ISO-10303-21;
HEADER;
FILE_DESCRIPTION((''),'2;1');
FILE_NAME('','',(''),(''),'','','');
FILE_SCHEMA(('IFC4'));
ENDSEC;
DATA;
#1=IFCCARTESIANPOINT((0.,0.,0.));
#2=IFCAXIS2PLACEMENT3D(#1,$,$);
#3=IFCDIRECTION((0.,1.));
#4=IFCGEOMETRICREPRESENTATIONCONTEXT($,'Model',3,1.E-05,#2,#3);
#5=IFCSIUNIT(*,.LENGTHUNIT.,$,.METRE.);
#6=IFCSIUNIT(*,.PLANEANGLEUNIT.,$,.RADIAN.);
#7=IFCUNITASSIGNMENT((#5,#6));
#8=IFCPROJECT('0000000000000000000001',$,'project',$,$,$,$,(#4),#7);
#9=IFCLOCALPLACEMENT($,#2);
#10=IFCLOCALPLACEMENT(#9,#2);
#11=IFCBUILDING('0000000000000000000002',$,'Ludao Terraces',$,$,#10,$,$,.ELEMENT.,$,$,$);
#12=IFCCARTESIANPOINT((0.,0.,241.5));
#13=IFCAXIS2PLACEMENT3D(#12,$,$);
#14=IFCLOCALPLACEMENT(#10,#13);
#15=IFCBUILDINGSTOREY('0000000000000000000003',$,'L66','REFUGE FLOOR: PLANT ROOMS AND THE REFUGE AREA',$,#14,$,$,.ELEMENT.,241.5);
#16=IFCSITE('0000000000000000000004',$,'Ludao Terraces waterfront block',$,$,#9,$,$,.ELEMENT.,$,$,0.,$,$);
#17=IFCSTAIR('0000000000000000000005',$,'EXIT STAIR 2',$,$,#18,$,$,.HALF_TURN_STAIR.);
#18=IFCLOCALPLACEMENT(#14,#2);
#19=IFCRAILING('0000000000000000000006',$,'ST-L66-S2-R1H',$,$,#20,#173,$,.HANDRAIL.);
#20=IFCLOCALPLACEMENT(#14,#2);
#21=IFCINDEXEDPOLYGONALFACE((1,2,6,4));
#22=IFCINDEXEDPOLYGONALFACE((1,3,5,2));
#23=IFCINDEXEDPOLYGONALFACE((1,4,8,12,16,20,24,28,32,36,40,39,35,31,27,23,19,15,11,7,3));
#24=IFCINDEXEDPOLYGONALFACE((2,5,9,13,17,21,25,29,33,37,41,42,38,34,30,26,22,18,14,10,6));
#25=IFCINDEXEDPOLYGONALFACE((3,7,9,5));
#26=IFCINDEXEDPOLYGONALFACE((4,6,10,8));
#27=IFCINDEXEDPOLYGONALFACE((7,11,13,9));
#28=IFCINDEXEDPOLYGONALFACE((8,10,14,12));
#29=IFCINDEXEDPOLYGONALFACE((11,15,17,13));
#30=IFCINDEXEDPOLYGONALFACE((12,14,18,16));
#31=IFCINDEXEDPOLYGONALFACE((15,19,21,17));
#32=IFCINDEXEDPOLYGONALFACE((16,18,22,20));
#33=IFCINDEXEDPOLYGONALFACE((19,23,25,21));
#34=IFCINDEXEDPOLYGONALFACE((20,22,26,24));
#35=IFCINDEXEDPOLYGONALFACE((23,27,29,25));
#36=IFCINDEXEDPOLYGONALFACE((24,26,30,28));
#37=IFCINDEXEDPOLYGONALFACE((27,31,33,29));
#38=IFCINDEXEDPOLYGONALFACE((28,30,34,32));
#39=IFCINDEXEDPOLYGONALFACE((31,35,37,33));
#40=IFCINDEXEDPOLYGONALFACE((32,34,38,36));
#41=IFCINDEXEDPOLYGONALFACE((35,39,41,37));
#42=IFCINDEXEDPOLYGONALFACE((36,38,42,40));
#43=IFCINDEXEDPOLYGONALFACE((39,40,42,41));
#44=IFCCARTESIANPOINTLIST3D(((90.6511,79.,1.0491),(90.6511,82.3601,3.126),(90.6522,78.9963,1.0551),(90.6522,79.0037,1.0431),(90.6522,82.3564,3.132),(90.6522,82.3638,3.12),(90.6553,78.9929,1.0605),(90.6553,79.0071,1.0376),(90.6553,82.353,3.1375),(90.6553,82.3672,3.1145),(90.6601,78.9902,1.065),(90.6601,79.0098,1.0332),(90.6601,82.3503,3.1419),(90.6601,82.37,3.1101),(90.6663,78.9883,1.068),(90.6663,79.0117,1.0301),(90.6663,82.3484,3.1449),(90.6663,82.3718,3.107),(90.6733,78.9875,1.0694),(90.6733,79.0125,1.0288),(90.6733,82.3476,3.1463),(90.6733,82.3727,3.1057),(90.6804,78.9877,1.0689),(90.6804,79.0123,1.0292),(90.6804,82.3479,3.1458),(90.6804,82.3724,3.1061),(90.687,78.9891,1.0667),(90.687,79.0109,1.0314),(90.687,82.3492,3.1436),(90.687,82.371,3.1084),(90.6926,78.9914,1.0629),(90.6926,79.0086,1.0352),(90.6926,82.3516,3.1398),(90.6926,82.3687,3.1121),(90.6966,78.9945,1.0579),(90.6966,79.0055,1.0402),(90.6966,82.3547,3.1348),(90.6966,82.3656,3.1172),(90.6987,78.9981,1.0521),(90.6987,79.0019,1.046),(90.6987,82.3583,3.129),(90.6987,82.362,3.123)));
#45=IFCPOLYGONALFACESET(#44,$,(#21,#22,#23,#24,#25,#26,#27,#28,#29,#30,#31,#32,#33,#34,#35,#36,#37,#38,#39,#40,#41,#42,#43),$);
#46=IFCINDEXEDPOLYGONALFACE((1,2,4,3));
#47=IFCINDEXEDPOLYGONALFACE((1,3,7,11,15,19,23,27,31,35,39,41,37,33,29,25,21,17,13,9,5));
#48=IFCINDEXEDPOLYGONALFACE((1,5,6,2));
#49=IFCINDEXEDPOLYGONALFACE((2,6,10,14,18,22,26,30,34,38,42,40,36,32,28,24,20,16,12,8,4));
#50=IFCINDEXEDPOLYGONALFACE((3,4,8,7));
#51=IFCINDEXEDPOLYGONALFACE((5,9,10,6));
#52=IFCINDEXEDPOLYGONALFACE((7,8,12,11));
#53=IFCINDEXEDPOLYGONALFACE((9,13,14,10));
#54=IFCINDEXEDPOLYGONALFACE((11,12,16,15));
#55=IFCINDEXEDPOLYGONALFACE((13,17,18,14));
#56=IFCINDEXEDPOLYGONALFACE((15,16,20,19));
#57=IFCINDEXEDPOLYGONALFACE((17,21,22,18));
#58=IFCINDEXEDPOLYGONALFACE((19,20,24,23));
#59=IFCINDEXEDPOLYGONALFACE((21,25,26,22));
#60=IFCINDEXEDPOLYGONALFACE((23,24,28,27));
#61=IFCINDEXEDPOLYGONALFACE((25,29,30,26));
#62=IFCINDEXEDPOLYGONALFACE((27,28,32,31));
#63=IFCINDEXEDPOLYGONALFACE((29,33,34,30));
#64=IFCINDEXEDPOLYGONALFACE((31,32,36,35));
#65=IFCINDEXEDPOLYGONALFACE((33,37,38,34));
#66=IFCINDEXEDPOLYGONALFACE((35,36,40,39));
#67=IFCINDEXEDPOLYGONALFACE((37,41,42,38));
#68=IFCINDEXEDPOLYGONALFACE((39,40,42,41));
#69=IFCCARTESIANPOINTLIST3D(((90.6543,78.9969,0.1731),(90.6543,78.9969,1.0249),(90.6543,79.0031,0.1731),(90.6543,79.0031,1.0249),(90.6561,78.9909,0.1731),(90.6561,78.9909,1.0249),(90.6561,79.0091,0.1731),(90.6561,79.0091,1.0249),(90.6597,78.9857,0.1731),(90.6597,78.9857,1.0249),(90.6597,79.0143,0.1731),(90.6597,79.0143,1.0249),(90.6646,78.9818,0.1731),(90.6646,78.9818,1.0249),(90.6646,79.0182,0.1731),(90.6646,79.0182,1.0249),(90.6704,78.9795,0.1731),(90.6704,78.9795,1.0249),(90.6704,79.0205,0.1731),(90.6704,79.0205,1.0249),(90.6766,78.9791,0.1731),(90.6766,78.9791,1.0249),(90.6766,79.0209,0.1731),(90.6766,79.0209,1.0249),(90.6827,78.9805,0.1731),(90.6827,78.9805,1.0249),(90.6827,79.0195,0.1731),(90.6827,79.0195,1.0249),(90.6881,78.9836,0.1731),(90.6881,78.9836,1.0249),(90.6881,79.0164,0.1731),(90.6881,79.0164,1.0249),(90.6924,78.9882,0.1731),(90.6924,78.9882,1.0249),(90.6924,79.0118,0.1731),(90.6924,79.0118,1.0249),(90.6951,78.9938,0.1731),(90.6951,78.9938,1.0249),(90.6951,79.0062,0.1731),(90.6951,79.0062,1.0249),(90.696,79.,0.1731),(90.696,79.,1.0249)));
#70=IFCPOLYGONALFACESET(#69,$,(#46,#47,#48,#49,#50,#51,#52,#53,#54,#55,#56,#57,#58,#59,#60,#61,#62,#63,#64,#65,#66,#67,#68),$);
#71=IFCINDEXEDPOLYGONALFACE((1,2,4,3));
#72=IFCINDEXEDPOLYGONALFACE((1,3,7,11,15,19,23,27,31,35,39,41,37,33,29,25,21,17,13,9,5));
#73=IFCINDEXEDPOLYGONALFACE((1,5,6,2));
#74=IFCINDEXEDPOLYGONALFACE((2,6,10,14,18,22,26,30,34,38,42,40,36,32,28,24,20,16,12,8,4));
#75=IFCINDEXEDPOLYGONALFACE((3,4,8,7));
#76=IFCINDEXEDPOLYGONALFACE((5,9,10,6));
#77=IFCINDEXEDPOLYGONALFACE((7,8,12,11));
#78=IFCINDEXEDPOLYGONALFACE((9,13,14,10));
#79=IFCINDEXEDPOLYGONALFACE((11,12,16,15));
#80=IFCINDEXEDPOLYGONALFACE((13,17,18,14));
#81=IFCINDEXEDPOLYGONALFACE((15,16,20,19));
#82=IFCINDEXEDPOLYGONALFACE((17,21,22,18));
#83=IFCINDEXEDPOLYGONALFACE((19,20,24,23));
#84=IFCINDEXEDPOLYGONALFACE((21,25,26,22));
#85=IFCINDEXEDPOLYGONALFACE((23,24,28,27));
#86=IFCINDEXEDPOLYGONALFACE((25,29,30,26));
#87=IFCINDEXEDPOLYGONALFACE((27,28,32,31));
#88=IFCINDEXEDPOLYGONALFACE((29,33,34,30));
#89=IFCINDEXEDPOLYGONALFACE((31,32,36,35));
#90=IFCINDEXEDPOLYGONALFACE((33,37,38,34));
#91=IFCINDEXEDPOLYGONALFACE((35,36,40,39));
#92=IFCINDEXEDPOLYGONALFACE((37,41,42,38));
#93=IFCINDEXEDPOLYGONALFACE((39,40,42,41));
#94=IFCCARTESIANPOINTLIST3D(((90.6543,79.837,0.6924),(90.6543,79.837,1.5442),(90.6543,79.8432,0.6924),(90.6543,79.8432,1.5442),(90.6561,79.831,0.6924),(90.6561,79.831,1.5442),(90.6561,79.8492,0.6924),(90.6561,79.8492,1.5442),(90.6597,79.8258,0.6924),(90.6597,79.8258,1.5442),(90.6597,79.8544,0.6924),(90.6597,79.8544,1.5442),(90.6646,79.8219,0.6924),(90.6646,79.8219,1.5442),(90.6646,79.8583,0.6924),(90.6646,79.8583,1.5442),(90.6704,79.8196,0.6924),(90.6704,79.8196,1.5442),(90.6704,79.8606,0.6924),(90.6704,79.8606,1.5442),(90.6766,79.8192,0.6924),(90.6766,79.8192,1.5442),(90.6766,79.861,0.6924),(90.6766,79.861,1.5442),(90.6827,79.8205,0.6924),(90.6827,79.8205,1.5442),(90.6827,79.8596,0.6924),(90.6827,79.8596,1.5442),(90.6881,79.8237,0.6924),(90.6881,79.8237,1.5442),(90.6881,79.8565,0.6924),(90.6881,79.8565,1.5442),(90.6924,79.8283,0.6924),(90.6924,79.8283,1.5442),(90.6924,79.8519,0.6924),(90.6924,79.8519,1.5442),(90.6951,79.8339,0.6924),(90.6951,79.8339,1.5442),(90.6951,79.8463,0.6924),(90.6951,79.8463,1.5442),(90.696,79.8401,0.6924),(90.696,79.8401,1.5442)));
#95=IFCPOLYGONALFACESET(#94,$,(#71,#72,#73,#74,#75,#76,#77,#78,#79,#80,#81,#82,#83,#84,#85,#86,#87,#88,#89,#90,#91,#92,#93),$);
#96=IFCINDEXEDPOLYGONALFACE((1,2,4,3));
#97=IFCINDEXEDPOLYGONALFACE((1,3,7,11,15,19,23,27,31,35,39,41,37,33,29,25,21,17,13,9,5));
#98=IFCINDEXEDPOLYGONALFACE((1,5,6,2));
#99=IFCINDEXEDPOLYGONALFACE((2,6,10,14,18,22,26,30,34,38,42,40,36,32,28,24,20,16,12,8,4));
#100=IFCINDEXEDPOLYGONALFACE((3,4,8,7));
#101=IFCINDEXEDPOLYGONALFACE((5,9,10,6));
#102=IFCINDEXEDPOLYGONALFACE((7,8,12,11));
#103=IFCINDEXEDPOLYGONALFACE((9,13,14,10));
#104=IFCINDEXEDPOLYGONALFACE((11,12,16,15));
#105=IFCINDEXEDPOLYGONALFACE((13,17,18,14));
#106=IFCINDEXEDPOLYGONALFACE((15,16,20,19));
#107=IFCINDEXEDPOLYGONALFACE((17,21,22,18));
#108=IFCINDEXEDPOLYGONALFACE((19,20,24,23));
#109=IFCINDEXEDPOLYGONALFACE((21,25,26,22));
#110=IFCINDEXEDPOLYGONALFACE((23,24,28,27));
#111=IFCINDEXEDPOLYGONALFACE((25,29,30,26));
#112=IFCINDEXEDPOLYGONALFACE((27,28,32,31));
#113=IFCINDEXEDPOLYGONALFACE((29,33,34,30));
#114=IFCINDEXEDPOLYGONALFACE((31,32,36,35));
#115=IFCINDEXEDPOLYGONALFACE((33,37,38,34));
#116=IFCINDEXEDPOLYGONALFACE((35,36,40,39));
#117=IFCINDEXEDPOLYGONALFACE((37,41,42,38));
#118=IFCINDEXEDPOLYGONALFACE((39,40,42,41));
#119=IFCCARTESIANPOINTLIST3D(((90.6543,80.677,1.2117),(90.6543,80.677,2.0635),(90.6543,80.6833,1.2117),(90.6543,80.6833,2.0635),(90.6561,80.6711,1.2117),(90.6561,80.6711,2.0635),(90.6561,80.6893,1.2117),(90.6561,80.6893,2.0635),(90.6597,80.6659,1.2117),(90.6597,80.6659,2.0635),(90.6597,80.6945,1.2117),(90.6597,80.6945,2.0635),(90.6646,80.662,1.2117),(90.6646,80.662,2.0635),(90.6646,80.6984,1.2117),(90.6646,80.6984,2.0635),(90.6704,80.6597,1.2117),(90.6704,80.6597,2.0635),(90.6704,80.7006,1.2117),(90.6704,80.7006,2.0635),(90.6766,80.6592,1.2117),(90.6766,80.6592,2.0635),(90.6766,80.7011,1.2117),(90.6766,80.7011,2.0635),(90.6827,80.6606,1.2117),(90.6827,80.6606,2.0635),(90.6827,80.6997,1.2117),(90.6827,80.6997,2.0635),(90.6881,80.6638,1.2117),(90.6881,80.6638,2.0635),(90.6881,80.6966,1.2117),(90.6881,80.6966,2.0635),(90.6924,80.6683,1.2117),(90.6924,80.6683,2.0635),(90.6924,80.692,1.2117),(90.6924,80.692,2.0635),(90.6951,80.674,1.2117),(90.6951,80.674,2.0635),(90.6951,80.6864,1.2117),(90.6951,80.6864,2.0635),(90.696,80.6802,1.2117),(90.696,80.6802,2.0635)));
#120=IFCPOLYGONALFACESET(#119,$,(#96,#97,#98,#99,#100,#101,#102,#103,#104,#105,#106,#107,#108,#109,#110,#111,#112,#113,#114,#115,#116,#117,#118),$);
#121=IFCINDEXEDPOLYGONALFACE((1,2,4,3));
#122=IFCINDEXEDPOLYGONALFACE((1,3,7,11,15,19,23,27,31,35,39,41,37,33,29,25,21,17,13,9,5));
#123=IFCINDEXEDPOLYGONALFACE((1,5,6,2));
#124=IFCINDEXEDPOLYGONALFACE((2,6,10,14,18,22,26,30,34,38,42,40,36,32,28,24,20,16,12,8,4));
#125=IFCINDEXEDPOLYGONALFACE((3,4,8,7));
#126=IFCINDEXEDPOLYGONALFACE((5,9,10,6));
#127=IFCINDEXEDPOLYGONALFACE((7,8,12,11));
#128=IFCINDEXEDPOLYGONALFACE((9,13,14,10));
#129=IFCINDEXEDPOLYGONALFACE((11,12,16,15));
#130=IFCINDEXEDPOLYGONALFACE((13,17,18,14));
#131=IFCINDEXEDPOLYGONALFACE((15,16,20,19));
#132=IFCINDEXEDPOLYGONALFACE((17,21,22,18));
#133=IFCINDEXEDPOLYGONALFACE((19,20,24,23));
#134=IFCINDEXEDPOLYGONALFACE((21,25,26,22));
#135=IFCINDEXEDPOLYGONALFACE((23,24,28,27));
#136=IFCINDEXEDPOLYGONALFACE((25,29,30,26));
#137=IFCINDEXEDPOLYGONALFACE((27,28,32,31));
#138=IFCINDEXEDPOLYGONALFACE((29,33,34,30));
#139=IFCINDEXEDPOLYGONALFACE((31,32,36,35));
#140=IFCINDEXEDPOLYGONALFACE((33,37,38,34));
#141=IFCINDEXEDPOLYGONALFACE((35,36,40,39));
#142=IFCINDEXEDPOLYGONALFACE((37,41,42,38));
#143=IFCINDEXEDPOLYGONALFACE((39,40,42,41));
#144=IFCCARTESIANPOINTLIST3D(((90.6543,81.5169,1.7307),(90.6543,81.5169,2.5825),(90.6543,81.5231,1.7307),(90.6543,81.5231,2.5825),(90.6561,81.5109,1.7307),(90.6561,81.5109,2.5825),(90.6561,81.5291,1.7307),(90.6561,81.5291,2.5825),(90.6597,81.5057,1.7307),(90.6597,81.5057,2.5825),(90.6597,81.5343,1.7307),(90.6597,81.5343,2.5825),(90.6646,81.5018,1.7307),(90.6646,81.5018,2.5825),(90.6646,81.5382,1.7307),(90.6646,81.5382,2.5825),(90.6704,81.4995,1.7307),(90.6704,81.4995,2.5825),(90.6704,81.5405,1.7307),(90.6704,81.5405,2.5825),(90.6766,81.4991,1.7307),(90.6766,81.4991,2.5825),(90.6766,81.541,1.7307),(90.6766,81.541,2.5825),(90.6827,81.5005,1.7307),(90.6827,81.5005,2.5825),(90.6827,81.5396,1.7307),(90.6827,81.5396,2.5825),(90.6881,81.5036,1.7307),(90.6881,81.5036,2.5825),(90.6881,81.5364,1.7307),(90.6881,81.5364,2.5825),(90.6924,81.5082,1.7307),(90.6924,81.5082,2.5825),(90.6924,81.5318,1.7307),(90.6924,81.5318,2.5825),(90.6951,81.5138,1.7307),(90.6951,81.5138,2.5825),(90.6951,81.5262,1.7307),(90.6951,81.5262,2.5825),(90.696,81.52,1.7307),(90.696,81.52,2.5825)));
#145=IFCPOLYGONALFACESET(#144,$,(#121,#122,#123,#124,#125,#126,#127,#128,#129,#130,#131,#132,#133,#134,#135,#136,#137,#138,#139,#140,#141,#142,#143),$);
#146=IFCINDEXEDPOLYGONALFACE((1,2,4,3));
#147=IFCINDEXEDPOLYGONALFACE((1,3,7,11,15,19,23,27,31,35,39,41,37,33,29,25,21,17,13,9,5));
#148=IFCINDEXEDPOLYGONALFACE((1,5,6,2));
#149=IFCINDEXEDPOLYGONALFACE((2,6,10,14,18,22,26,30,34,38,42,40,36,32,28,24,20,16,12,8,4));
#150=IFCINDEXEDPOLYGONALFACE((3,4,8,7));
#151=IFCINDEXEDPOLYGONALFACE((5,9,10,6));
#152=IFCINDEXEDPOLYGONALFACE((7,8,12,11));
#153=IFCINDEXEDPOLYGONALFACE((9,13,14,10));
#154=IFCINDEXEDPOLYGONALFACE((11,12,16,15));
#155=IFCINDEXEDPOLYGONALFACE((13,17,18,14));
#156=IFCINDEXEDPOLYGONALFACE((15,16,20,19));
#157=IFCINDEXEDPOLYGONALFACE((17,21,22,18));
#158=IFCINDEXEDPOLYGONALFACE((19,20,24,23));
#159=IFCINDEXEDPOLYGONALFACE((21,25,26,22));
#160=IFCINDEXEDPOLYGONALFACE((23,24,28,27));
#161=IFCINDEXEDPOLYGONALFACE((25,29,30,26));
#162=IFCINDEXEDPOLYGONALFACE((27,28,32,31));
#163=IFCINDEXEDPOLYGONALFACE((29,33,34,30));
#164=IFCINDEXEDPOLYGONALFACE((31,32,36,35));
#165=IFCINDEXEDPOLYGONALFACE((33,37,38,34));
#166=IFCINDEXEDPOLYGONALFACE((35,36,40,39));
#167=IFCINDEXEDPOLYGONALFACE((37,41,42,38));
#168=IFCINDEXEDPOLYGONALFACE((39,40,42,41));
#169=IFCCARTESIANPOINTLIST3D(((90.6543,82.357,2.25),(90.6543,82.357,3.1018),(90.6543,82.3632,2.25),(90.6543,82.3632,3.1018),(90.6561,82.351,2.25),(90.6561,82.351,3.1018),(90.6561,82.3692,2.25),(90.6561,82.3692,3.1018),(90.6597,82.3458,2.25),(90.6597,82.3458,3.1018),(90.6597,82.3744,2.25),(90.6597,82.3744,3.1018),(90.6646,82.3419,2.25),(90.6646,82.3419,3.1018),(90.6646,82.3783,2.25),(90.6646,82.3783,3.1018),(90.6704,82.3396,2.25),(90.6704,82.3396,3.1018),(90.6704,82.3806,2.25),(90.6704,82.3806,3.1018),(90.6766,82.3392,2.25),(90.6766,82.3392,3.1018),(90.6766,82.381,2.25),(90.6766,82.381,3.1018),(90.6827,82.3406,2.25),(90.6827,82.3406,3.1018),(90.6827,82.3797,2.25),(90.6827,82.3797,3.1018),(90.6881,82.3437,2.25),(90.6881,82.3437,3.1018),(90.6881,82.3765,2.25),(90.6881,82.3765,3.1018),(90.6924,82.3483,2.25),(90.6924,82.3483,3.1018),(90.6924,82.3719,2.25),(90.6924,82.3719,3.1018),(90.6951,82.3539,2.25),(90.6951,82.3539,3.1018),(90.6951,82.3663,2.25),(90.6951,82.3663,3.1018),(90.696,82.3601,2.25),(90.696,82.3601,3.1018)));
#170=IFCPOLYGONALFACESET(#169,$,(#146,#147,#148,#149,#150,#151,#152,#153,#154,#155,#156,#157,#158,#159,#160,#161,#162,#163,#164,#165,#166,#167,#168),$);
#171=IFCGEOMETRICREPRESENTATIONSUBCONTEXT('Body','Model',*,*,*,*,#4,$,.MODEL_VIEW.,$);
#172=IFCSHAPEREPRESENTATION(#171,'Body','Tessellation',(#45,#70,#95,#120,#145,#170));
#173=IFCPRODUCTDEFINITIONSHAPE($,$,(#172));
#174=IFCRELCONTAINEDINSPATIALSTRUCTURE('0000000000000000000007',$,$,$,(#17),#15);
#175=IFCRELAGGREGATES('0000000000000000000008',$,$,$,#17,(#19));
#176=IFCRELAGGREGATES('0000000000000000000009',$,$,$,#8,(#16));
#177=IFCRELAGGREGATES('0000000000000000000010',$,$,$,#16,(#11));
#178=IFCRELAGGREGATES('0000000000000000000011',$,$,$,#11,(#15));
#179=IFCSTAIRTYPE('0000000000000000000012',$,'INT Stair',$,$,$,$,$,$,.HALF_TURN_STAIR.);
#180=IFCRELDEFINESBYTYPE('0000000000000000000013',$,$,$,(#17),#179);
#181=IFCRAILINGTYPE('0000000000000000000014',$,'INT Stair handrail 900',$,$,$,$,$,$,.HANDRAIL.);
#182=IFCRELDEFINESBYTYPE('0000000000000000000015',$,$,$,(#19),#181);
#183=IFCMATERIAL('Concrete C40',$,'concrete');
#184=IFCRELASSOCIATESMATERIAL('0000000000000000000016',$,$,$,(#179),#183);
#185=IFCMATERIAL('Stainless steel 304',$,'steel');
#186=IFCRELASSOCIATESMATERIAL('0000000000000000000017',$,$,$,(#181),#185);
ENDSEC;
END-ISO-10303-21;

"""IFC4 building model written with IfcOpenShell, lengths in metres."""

from ifc_helpers import new_model, si_unit, direction, frame, origin, origin_2d, place, context, subcontext, project, spatial, circle, extrude, material, type_object, element, aggregate, save


model = new_model("IFC4")

# Units and contexts
model_context = context("Model", 3, precision=1e-05, world=origin(), true_north=direction((0.0, 1.0)))
body_context = subcontext(model_context, "Body", "Model", "MODEL_VIEW")
ifc_project = project(units=[si_unit("LENGTHUNIT", "METRE"), si_unit("PLANEANGLEUNIT", "RADIAN")], contexts=[model_context])

# Site, building, storey
site_placement = place(None, origin())
site = spatial("IfcSite", under=ifc_project, at=site_placement, Name="Ludao Terraces waterfront block", CompositionType="ELEMENT", RefElevation=0.0)
building_placement = place(site_placement, origin())
building = spatial("IfcBuilding", under=site, at=building_placement, Name="Ludao Terraces", CompositionType="ELEMENT")
storey_placement = place(building_placement, frame((0.0, 0.0, 241.5)))
storey = spatial("IfcBuildingStorey", under=building, at=storey_placement, Name="L66", Description="REFUGE FLOOR: PLANT ROOMS AND THE REFUGE AREA", CompositionType="ELEMENT", Elevation=241.5)

# Shared definitions
ifc_material_1 = material(Name="Stainless steel 304", Category="steel")

# Stair, railing
ifc_material_2 = material(Name="Concrete C40", Category="concrete")
stair_type = type_object("IfcStairType", Name="INT Stair", PredefinedType="HALF_TURN_STAIR", material=ifc_material_2)
stair_placement = place(storey_placement, origin())
stair = element("IfcStair", 1, at=stair_placement, inside=storey, type_object=stair_type, Name="EXIT STAIR 2", PredefinedType="HALF_TURN_STAIR")
railing_type_1 = type_object("IfcRailingType", Name="INT Stair handrail 900", PredefinedType="HANDRAIL", material=ifc_material_1)
railing_1_placement = place(storey_placement, frame((90.675, 79.0, 0.1731)))
railing_1 = element("IfcRailing", 2, at=railing_1_placement, type_object=railing_type_1, Name="ST-L66-S2-R1H", PredefinedType="HANDRAIL", context=body_context, shape_type="SweptSolid", body=[
    extrude(circle(Radius=0.0239, at=origin_2d()), frame((0.0, 0.0, 0.876), z_axis=(0.0, 0.850623, 0.525776), x_axis=(-1.0, 0.0, 0.0)), (0.0, 0.0, 1.0), 3.9502),
    extrude(circle(Radius=0.021, at=origin_2d()), origin(), (0.0, 0.0, 1.0), 0.8518),
    extrude(circle(Radius=0.021, at=origin_2d()), frame((0.0, 0.8401, 0.5193)), (0.0, 0.0, 1.0), 0.8518),
    extrude(circle(Radius=0.021, at=origin_2d()), frame((0.0, 1.6802, 1.0386)), (0.0, 0.0, 1.0), 0.8518),
    extrude(circle(Radius=0.021, at=origin_2d()), frame((0.0, 2.52, 1.5576)), (0.0, 0.0, 1.0), 0.8518),
    extrude(circle(Radius=0.021, at=origin_2d()), frame((0.0, 3.3601, 2.0769)), (0.0, 0.0, 1.0), 0.8518),
])
aggregate(stair, [railing_1])

save(model, "model.ifc")
